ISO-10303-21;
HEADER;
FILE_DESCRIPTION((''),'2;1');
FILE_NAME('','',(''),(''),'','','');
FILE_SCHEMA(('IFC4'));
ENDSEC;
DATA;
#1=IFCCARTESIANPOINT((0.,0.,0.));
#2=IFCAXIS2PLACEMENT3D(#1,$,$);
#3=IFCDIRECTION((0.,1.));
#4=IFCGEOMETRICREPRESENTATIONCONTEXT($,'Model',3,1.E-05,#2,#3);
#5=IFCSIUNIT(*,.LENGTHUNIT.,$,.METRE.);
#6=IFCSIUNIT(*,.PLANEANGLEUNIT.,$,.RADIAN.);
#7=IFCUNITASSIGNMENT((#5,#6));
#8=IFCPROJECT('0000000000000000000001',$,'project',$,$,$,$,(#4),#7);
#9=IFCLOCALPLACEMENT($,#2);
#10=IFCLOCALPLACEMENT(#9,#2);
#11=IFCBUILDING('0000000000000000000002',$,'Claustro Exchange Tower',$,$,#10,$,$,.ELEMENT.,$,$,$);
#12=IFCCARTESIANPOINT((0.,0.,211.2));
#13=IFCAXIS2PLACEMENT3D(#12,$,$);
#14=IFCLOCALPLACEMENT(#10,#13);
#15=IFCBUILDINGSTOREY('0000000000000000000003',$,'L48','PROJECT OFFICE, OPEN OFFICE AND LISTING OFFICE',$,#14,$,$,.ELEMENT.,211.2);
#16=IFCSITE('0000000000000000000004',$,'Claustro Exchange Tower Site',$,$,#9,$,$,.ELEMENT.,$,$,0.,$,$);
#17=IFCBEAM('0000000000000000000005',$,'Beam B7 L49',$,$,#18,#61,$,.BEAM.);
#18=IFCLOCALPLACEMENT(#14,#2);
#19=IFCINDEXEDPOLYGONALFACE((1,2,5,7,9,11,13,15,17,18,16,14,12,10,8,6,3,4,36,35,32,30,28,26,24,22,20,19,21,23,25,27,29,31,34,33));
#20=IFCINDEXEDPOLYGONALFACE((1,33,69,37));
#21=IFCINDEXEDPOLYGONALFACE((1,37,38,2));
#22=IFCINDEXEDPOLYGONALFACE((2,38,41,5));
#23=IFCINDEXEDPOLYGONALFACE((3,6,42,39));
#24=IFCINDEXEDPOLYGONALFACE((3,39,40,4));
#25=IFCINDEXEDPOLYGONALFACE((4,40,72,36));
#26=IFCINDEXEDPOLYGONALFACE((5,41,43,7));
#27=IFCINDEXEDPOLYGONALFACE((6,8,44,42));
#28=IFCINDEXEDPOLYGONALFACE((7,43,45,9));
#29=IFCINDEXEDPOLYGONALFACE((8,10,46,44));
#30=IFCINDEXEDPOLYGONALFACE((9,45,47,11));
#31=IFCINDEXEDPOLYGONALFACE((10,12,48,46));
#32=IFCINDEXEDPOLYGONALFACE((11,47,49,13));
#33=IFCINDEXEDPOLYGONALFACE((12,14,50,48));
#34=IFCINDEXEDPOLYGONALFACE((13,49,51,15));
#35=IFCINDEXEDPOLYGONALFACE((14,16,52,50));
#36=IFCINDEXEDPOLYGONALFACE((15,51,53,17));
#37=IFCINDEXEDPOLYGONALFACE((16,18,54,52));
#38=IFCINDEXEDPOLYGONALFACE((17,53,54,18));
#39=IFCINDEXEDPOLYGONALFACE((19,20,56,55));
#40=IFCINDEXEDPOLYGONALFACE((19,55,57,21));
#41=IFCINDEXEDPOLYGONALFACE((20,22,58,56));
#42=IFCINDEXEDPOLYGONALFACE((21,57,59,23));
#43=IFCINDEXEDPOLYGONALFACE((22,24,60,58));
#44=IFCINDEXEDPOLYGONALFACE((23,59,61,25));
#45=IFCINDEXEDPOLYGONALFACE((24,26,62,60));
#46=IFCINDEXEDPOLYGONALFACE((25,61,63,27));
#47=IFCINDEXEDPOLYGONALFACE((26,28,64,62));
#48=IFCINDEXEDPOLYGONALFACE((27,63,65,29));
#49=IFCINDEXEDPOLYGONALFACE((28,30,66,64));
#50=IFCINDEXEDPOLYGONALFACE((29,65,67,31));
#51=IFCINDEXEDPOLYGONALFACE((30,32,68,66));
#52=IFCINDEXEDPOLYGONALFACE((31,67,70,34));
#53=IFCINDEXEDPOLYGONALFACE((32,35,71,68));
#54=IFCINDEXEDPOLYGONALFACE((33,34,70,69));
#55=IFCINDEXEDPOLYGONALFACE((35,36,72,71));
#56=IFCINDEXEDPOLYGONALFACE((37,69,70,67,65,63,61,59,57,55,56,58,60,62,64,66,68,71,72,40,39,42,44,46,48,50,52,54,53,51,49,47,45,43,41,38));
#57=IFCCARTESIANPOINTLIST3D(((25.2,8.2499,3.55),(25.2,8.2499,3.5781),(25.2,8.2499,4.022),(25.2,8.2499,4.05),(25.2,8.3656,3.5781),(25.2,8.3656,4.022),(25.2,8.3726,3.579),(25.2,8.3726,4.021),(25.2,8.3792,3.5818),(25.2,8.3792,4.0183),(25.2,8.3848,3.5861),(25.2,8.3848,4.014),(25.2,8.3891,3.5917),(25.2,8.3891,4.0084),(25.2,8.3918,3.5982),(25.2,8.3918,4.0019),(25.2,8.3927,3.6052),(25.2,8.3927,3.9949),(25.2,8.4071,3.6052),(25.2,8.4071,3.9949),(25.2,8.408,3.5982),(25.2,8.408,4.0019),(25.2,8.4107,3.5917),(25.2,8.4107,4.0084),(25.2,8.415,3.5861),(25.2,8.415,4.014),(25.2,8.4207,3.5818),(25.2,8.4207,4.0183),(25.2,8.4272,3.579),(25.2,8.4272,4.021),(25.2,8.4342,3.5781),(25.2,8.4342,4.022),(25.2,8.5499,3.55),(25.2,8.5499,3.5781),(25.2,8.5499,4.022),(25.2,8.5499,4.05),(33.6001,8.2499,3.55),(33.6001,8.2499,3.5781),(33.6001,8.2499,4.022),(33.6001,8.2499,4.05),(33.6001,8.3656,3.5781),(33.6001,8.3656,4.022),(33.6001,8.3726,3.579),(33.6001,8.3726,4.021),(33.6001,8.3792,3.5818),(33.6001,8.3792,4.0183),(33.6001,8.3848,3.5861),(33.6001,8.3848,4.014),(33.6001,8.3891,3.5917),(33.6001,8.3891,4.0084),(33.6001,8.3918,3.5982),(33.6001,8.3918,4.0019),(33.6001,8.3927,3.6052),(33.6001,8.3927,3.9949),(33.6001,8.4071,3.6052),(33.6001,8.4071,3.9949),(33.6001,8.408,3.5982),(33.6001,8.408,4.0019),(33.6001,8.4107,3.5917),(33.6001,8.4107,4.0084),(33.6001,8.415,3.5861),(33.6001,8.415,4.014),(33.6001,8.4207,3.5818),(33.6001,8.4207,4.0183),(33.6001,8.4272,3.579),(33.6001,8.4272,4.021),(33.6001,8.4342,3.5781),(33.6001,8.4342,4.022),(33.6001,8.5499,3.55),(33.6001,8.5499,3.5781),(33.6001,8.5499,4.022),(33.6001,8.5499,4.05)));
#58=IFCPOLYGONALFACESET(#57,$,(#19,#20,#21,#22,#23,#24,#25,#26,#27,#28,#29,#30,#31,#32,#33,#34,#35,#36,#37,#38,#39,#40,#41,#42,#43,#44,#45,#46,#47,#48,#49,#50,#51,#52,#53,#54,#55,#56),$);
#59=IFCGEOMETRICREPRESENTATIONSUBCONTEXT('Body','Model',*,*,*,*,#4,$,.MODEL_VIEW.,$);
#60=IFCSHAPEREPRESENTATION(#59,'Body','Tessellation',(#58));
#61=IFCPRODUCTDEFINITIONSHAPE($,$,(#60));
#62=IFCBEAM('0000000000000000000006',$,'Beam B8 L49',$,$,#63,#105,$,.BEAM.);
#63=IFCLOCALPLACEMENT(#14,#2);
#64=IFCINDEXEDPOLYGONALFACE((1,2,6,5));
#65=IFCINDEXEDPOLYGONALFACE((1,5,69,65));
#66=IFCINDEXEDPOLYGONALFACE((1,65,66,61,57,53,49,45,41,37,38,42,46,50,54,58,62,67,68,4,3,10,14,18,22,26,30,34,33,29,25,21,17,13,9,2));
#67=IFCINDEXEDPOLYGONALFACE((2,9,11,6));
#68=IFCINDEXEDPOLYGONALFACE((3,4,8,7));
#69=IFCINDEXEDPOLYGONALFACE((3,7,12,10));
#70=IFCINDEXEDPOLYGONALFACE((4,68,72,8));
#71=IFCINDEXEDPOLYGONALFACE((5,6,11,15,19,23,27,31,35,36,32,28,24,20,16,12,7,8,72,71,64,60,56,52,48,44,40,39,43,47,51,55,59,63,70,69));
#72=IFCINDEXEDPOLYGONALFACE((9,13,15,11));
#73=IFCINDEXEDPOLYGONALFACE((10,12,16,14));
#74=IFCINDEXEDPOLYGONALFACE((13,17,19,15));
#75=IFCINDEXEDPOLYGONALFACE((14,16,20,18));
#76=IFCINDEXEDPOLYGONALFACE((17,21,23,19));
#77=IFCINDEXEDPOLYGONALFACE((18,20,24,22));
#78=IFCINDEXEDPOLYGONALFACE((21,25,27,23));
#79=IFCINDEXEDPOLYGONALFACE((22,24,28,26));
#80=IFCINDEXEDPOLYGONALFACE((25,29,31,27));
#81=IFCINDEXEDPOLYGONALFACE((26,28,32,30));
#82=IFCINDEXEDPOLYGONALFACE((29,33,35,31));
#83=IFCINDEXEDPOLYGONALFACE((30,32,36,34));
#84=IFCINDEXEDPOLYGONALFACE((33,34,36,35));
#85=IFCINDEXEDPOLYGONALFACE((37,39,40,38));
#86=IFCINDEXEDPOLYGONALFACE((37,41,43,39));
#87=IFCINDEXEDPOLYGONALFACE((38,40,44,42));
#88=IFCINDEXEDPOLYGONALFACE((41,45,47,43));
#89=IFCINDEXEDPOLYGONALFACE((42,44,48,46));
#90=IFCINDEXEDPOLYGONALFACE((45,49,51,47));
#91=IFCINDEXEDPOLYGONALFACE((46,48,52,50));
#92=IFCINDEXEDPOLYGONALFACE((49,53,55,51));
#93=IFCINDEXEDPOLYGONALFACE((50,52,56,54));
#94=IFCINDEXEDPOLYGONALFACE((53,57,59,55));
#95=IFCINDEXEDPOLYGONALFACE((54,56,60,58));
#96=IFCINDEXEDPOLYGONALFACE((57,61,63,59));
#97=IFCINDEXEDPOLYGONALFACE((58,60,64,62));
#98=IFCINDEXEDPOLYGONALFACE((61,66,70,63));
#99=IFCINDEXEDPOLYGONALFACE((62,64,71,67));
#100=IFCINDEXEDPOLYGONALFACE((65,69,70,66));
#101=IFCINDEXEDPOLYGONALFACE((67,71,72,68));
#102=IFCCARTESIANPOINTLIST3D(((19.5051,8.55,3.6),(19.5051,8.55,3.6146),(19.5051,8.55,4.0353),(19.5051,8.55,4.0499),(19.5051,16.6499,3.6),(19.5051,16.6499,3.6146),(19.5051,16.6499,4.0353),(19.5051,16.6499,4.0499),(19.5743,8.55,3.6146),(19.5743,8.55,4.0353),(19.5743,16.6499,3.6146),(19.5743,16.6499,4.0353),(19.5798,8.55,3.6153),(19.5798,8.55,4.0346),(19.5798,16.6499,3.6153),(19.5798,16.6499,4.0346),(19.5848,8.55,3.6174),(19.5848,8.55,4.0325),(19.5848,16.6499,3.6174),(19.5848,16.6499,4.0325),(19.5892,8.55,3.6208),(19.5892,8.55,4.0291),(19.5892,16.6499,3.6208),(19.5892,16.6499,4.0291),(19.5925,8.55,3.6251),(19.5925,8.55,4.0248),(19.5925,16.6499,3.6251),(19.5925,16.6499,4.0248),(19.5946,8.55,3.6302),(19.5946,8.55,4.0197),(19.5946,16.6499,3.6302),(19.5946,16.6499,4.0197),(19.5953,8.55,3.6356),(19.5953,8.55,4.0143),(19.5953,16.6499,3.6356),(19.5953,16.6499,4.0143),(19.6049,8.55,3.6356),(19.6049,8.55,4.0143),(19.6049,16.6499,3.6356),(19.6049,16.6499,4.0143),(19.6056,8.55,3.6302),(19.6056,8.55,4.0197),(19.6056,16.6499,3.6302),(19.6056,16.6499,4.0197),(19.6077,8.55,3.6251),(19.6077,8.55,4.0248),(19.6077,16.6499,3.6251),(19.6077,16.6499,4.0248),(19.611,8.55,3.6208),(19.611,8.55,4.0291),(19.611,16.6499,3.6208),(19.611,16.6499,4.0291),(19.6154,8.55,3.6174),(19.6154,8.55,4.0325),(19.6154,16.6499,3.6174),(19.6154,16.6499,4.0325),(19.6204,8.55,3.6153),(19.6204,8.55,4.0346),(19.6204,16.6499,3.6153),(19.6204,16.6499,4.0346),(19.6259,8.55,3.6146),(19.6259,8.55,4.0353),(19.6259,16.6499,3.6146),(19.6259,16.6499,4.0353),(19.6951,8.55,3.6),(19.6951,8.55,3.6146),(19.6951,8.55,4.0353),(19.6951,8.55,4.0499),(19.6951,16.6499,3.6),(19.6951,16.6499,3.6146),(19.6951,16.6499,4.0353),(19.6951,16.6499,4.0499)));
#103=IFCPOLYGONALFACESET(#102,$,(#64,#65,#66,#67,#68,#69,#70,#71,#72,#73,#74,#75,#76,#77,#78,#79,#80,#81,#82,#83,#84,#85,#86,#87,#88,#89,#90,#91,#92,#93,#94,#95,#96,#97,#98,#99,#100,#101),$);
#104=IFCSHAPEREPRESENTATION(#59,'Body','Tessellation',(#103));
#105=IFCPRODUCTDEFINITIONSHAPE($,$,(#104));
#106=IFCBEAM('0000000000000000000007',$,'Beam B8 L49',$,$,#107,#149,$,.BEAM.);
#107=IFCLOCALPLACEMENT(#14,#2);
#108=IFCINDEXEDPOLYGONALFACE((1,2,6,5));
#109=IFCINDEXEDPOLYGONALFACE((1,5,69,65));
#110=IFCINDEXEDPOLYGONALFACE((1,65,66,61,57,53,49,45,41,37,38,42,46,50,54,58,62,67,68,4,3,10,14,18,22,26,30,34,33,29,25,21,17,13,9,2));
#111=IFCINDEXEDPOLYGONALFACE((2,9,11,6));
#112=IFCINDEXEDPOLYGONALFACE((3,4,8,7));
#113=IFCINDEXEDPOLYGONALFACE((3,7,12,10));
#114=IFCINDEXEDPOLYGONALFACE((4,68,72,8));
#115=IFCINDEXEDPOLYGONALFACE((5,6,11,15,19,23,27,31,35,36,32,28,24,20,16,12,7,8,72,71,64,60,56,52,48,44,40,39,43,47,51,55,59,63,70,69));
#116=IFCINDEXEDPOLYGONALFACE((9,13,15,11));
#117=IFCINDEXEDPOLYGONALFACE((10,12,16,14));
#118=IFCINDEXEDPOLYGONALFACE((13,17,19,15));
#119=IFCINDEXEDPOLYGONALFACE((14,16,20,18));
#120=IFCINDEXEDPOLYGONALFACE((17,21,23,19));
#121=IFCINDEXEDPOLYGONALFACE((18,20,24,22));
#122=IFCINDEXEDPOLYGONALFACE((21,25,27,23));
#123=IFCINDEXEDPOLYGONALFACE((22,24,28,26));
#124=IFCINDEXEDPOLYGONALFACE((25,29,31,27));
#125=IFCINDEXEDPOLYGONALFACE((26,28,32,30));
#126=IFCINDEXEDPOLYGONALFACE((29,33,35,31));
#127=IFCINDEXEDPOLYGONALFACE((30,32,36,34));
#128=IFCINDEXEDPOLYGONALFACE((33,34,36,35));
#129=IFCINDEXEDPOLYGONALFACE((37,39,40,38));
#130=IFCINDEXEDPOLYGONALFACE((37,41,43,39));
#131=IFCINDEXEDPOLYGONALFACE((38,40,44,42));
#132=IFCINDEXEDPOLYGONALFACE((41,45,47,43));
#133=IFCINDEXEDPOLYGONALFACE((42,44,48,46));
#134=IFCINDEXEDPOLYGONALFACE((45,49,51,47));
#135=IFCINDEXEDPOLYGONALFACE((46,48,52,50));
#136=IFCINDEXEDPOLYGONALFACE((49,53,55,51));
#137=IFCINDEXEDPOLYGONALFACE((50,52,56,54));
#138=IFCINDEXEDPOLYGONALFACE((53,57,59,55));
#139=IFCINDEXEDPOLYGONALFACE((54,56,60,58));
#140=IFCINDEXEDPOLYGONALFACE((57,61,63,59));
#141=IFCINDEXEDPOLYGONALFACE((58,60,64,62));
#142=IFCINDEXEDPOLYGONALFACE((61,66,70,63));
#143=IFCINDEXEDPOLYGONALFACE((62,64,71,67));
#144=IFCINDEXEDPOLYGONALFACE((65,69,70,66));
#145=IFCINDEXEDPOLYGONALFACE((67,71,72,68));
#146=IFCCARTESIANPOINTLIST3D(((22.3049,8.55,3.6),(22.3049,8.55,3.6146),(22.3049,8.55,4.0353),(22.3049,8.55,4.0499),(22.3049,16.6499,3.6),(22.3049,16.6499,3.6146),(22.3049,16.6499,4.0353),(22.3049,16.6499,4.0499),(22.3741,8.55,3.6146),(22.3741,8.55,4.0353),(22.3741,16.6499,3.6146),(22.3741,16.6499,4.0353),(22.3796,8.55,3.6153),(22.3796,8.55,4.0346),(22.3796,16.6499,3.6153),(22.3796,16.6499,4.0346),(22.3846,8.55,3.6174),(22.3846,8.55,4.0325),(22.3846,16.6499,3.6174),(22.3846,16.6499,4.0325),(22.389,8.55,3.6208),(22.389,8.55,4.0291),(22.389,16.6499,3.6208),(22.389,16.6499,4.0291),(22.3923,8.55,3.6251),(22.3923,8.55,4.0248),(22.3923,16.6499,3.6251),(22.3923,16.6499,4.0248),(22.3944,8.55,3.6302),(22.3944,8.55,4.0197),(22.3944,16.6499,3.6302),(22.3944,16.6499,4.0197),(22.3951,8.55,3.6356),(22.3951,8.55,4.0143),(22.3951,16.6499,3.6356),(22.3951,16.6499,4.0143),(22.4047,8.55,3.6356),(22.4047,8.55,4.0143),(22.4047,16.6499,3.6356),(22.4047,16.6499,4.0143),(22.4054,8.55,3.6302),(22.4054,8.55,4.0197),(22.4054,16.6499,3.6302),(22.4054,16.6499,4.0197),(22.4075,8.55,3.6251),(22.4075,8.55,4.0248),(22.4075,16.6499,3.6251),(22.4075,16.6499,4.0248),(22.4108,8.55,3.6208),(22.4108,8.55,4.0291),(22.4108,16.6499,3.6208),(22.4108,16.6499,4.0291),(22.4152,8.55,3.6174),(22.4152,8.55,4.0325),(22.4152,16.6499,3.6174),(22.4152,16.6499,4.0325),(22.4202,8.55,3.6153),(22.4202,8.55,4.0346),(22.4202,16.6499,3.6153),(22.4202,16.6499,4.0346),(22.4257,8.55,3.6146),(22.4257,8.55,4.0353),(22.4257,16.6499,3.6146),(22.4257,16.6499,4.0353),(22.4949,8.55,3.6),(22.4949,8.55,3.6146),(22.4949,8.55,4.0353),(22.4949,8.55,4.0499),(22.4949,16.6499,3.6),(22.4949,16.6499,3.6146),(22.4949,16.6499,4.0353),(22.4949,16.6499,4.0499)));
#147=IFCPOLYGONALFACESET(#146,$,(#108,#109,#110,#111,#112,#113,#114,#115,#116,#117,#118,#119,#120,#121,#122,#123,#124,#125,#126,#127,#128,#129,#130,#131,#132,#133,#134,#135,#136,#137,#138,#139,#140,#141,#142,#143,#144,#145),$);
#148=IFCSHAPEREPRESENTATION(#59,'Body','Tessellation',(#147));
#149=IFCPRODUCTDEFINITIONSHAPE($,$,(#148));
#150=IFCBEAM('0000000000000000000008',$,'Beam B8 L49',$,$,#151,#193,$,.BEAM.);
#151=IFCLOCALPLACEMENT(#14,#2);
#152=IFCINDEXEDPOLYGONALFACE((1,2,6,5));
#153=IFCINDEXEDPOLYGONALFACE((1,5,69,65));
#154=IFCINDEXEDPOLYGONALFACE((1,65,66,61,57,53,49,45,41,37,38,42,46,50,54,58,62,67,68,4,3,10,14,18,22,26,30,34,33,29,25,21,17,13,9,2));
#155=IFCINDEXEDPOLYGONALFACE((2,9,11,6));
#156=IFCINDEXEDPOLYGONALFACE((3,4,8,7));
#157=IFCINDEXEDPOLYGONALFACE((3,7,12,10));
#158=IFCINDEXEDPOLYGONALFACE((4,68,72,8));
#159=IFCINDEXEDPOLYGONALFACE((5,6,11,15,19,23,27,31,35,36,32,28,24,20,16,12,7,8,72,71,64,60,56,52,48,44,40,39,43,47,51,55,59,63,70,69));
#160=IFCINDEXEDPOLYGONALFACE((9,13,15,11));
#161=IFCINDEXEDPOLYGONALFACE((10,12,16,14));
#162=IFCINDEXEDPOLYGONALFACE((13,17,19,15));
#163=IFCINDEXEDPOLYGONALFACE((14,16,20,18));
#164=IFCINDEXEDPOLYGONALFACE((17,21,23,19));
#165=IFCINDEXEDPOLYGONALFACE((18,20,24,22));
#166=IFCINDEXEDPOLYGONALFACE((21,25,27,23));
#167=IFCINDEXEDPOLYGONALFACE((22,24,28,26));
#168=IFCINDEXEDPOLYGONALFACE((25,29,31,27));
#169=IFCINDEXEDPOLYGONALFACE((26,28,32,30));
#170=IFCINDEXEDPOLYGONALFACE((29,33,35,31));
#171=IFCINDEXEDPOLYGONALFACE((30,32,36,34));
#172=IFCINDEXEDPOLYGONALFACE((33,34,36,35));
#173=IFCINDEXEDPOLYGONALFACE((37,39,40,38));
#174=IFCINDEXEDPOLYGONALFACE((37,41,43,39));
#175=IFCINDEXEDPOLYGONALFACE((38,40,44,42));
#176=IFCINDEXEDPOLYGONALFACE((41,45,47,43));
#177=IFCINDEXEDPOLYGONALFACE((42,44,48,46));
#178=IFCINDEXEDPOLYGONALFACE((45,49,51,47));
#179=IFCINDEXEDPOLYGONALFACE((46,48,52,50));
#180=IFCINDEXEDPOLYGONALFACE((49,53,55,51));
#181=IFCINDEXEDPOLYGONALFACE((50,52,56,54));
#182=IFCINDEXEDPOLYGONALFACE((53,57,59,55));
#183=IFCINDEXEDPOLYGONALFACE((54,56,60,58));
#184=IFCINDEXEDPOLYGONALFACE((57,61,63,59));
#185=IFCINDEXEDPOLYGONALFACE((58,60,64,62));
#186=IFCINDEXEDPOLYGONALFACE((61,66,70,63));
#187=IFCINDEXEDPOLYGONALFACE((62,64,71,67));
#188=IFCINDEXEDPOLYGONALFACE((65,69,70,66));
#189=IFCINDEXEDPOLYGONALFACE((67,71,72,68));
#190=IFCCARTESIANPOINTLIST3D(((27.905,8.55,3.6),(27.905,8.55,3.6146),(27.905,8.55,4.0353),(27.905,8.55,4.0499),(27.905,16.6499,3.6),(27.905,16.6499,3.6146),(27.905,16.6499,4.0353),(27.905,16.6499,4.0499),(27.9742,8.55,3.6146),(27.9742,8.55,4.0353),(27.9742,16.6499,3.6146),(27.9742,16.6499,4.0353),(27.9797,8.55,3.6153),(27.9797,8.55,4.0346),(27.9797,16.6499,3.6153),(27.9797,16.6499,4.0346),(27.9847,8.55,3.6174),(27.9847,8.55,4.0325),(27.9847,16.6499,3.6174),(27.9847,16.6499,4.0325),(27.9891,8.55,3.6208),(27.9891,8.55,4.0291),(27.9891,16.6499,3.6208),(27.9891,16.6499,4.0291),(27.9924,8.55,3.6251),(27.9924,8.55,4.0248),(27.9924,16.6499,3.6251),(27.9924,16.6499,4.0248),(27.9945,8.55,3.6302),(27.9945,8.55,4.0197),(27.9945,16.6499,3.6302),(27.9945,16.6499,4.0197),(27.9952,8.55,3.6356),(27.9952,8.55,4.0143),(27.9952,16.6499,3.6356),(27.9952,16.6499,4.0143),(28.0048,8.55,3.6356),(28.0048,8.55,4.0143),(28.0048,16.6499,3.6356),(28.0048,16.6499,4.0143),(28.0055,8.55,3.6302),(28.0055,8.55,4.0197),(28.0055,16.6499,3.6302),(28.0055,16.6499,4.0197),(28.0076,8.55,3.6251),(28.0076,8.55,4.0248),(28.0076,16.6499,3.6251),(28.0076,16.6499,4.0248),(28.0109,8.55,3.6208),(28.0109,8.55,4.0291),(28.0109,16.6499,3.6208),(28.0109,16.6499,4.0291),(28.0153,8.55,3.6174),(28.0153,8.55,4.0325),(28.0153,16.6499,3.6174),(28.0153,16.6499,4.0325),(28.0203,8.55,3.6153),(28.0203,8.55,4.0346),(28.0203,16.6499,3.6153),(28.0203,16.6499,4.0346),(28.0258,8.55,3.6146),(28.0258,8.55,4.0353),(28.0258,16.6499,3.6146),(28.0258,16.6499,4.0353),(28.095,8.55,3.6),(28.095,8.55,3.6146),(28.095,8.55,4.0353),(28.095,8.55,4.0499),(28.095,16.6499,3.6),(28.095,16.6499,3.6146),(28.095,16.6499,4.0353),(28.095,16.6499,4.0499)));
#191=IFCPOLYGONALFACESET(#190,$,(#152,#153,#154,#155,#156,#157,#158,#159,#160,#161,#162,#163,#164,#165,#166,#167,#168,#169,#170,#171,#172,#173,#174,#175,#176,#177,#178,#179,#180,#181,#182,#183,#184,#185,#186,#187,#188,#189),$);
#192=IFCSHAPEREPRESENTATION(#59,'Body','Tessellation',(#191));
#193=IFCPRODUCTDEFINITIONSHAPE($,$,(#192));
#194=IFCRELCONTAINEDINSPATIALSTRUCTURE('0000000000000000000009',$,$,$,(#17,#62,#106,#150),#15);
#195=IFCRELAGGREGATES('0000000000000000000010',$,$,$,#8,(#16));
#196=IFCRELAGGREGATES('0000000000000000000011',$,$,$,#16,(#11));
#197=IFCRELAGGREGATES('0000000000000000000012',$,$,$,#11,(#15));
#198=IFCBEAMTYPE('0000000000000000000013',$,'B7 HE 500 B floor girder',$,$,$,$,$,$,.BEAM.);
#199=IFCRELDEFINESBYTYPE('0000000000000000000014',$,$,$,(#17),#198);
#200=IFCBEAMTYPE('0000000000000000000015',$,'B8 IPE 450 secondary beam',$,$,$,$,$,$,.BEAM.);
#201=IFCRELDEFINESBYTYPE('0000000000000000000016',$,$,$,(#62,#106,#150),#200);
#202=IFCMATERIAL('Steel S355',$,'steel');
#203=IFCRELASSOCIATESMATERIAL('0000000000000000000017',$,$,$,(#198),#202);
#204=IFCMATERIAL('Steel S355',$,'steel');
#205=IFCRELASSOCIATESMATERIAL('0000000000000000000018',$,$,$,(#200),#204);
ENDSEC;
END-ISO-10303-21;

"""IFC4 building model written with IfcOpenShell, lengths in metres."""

from ifc_helpers import new_model, si_unit, direction, frame, origin, origin_2d, place, context, subcontext, project, spatial, i_section, extrude, material, material_profile, profile_set, type_object, element, save


model = new_model("IFC4")

# Units and contexts
model_context = context("Model", 3, precision=1e-05, world=origin(), true_north=direction((0.0, 1.0)))
body_context = subcontext(model_context, "Body", "Model", "MODEL_VIEW")
ifc_project = project(units=[si_unit("LENGTHUNIT", "METRE"), si_unit("PLANEANGLEUNIT", "RADIAN")], contexts=[model_context])

# Site, building, storey
site_placement = place(None, origin())
site = spatial("IfcSite", under=ifc_project, at=site_placement, Name="Claustro Exchange Tower Site", CompositionType="ELEMENT", RefElevation=0.0)
building_placement = place(site_placement, origin())
building = spatial("IfcBuilding", under=site, at=building_placement, Name="Claustro Exchange Tower", CompositionType="ELEMENT")
storey_placement = place(building_placement, frame((0.0, 0.0, 211.2)))
storey = spatial("IfcBuildingStorey", under=building, at=storey_placement, Name="L48", Description="PROJECT OFFICE, OPEN OFFICE AND LISTING OFFICE", CompositionType="ELEMENT", Elevation=211.2)

# Beams
ifc_material_1 = material(Name="Steel S355", Category="steel")
ifc_material_profile_1 = material_profile(ifc_material_1, i_section(OverallWidth=0.3, OverallDepth=0.5, WebThickness=0.0144, FlangeThickness=0.0281, FilletRadius=0.0271, at=origin_2d()), Name="HE 500 B")
ifc_profile_set_1 = profile_set([ifc_material_profile_1], Name="Steel S355")
beam_type_1 = type_object("IfcBeamType", Name="B7 HE 500 B floor girder", PredefinedType="BEAM", material=ifc_profile_set_1)
for number, where, z_axis, x_axis, name in (
    (1, (25.2, 8.3999, 3.8), (1.0, 0.0, 0.0), (0.0, 1.0, 0.0), "Beam B7 L49"),
):
    element("IfcBeam", number, at=place(storey_placement, frame(where, z_axis=z_axis, x_axis=x_axis)), inside=storey, type_object=beam_type_1, Name=name, PredefinedType="BEAM", context=body_context, shape_type="SweptSolid", body=[
        extrude(i_section(OverallWidth=0.3, OverallDepth=0.5, WebThickness=0.0144, FlangeThickness=0.0281, FilletRadius=0.0271, at=origin_2d()), origin(), (0.0, 0.0, 1.0), 8.4001),
    ])
ifc_material_2 = material(Name="Steel S355", Category="steel")
ifc_material_profile_2 = material_profile(ifc_material_2, i_section(OverallWidth=0.1899, OverallDepth=0.45, WebThickness=0.0095, FlangeThickness=0.0146, FilletRadius=0.021, at=origin_2d()), Name="IPE 450")
ifc_profile_set_2 = profile_set([ifc_material_profile_2], Name="Steel S355")
beam_type_2 = type_object("IfcBeamType", Name="B8 IPE 450 secondary beam", PredefinedType="BEAM", material=ifc_profile_set_2)
for number, where, z_axis, x_axis, name in (
    (2, (19.6001, 8.55, 3.825), (0.0, 1.0, 0.0), (-1.0, 0.0, 0.0), "Beam B8 L49"),
    (3, (22.3999, 8.55, 3.825), (0.0, 1.0, 0.0), (-1.0, 0.0, 0.0), "Beam B8 L49"),
    (4, (28.0, 8.55, 3.825), (0.0, 1.0, 0.0), (-1.0, 0.0, 0.0), "Beam B8 L49"),
):
    element("IfcBeam", number, at=place(storey_placement, frame(where, z_axis=z_axis, x_axis=x_axis)), inside=storey, type_object=beam_type_2, Name=name, PredefinedType="BEAM", context=body_context, shape_type="SweptSolid", body=[
        extrude(i_section(OverallWidth=0.1899, OverallDepth=0.45, WebThickness=0.0095, FlangeThickness=0.0146, FilletRadius=0.021, at=origin_2d()), origin(), (0.0, 0.0, 1.0), 8.0999),
    ])

save(model, "model.ifc")
